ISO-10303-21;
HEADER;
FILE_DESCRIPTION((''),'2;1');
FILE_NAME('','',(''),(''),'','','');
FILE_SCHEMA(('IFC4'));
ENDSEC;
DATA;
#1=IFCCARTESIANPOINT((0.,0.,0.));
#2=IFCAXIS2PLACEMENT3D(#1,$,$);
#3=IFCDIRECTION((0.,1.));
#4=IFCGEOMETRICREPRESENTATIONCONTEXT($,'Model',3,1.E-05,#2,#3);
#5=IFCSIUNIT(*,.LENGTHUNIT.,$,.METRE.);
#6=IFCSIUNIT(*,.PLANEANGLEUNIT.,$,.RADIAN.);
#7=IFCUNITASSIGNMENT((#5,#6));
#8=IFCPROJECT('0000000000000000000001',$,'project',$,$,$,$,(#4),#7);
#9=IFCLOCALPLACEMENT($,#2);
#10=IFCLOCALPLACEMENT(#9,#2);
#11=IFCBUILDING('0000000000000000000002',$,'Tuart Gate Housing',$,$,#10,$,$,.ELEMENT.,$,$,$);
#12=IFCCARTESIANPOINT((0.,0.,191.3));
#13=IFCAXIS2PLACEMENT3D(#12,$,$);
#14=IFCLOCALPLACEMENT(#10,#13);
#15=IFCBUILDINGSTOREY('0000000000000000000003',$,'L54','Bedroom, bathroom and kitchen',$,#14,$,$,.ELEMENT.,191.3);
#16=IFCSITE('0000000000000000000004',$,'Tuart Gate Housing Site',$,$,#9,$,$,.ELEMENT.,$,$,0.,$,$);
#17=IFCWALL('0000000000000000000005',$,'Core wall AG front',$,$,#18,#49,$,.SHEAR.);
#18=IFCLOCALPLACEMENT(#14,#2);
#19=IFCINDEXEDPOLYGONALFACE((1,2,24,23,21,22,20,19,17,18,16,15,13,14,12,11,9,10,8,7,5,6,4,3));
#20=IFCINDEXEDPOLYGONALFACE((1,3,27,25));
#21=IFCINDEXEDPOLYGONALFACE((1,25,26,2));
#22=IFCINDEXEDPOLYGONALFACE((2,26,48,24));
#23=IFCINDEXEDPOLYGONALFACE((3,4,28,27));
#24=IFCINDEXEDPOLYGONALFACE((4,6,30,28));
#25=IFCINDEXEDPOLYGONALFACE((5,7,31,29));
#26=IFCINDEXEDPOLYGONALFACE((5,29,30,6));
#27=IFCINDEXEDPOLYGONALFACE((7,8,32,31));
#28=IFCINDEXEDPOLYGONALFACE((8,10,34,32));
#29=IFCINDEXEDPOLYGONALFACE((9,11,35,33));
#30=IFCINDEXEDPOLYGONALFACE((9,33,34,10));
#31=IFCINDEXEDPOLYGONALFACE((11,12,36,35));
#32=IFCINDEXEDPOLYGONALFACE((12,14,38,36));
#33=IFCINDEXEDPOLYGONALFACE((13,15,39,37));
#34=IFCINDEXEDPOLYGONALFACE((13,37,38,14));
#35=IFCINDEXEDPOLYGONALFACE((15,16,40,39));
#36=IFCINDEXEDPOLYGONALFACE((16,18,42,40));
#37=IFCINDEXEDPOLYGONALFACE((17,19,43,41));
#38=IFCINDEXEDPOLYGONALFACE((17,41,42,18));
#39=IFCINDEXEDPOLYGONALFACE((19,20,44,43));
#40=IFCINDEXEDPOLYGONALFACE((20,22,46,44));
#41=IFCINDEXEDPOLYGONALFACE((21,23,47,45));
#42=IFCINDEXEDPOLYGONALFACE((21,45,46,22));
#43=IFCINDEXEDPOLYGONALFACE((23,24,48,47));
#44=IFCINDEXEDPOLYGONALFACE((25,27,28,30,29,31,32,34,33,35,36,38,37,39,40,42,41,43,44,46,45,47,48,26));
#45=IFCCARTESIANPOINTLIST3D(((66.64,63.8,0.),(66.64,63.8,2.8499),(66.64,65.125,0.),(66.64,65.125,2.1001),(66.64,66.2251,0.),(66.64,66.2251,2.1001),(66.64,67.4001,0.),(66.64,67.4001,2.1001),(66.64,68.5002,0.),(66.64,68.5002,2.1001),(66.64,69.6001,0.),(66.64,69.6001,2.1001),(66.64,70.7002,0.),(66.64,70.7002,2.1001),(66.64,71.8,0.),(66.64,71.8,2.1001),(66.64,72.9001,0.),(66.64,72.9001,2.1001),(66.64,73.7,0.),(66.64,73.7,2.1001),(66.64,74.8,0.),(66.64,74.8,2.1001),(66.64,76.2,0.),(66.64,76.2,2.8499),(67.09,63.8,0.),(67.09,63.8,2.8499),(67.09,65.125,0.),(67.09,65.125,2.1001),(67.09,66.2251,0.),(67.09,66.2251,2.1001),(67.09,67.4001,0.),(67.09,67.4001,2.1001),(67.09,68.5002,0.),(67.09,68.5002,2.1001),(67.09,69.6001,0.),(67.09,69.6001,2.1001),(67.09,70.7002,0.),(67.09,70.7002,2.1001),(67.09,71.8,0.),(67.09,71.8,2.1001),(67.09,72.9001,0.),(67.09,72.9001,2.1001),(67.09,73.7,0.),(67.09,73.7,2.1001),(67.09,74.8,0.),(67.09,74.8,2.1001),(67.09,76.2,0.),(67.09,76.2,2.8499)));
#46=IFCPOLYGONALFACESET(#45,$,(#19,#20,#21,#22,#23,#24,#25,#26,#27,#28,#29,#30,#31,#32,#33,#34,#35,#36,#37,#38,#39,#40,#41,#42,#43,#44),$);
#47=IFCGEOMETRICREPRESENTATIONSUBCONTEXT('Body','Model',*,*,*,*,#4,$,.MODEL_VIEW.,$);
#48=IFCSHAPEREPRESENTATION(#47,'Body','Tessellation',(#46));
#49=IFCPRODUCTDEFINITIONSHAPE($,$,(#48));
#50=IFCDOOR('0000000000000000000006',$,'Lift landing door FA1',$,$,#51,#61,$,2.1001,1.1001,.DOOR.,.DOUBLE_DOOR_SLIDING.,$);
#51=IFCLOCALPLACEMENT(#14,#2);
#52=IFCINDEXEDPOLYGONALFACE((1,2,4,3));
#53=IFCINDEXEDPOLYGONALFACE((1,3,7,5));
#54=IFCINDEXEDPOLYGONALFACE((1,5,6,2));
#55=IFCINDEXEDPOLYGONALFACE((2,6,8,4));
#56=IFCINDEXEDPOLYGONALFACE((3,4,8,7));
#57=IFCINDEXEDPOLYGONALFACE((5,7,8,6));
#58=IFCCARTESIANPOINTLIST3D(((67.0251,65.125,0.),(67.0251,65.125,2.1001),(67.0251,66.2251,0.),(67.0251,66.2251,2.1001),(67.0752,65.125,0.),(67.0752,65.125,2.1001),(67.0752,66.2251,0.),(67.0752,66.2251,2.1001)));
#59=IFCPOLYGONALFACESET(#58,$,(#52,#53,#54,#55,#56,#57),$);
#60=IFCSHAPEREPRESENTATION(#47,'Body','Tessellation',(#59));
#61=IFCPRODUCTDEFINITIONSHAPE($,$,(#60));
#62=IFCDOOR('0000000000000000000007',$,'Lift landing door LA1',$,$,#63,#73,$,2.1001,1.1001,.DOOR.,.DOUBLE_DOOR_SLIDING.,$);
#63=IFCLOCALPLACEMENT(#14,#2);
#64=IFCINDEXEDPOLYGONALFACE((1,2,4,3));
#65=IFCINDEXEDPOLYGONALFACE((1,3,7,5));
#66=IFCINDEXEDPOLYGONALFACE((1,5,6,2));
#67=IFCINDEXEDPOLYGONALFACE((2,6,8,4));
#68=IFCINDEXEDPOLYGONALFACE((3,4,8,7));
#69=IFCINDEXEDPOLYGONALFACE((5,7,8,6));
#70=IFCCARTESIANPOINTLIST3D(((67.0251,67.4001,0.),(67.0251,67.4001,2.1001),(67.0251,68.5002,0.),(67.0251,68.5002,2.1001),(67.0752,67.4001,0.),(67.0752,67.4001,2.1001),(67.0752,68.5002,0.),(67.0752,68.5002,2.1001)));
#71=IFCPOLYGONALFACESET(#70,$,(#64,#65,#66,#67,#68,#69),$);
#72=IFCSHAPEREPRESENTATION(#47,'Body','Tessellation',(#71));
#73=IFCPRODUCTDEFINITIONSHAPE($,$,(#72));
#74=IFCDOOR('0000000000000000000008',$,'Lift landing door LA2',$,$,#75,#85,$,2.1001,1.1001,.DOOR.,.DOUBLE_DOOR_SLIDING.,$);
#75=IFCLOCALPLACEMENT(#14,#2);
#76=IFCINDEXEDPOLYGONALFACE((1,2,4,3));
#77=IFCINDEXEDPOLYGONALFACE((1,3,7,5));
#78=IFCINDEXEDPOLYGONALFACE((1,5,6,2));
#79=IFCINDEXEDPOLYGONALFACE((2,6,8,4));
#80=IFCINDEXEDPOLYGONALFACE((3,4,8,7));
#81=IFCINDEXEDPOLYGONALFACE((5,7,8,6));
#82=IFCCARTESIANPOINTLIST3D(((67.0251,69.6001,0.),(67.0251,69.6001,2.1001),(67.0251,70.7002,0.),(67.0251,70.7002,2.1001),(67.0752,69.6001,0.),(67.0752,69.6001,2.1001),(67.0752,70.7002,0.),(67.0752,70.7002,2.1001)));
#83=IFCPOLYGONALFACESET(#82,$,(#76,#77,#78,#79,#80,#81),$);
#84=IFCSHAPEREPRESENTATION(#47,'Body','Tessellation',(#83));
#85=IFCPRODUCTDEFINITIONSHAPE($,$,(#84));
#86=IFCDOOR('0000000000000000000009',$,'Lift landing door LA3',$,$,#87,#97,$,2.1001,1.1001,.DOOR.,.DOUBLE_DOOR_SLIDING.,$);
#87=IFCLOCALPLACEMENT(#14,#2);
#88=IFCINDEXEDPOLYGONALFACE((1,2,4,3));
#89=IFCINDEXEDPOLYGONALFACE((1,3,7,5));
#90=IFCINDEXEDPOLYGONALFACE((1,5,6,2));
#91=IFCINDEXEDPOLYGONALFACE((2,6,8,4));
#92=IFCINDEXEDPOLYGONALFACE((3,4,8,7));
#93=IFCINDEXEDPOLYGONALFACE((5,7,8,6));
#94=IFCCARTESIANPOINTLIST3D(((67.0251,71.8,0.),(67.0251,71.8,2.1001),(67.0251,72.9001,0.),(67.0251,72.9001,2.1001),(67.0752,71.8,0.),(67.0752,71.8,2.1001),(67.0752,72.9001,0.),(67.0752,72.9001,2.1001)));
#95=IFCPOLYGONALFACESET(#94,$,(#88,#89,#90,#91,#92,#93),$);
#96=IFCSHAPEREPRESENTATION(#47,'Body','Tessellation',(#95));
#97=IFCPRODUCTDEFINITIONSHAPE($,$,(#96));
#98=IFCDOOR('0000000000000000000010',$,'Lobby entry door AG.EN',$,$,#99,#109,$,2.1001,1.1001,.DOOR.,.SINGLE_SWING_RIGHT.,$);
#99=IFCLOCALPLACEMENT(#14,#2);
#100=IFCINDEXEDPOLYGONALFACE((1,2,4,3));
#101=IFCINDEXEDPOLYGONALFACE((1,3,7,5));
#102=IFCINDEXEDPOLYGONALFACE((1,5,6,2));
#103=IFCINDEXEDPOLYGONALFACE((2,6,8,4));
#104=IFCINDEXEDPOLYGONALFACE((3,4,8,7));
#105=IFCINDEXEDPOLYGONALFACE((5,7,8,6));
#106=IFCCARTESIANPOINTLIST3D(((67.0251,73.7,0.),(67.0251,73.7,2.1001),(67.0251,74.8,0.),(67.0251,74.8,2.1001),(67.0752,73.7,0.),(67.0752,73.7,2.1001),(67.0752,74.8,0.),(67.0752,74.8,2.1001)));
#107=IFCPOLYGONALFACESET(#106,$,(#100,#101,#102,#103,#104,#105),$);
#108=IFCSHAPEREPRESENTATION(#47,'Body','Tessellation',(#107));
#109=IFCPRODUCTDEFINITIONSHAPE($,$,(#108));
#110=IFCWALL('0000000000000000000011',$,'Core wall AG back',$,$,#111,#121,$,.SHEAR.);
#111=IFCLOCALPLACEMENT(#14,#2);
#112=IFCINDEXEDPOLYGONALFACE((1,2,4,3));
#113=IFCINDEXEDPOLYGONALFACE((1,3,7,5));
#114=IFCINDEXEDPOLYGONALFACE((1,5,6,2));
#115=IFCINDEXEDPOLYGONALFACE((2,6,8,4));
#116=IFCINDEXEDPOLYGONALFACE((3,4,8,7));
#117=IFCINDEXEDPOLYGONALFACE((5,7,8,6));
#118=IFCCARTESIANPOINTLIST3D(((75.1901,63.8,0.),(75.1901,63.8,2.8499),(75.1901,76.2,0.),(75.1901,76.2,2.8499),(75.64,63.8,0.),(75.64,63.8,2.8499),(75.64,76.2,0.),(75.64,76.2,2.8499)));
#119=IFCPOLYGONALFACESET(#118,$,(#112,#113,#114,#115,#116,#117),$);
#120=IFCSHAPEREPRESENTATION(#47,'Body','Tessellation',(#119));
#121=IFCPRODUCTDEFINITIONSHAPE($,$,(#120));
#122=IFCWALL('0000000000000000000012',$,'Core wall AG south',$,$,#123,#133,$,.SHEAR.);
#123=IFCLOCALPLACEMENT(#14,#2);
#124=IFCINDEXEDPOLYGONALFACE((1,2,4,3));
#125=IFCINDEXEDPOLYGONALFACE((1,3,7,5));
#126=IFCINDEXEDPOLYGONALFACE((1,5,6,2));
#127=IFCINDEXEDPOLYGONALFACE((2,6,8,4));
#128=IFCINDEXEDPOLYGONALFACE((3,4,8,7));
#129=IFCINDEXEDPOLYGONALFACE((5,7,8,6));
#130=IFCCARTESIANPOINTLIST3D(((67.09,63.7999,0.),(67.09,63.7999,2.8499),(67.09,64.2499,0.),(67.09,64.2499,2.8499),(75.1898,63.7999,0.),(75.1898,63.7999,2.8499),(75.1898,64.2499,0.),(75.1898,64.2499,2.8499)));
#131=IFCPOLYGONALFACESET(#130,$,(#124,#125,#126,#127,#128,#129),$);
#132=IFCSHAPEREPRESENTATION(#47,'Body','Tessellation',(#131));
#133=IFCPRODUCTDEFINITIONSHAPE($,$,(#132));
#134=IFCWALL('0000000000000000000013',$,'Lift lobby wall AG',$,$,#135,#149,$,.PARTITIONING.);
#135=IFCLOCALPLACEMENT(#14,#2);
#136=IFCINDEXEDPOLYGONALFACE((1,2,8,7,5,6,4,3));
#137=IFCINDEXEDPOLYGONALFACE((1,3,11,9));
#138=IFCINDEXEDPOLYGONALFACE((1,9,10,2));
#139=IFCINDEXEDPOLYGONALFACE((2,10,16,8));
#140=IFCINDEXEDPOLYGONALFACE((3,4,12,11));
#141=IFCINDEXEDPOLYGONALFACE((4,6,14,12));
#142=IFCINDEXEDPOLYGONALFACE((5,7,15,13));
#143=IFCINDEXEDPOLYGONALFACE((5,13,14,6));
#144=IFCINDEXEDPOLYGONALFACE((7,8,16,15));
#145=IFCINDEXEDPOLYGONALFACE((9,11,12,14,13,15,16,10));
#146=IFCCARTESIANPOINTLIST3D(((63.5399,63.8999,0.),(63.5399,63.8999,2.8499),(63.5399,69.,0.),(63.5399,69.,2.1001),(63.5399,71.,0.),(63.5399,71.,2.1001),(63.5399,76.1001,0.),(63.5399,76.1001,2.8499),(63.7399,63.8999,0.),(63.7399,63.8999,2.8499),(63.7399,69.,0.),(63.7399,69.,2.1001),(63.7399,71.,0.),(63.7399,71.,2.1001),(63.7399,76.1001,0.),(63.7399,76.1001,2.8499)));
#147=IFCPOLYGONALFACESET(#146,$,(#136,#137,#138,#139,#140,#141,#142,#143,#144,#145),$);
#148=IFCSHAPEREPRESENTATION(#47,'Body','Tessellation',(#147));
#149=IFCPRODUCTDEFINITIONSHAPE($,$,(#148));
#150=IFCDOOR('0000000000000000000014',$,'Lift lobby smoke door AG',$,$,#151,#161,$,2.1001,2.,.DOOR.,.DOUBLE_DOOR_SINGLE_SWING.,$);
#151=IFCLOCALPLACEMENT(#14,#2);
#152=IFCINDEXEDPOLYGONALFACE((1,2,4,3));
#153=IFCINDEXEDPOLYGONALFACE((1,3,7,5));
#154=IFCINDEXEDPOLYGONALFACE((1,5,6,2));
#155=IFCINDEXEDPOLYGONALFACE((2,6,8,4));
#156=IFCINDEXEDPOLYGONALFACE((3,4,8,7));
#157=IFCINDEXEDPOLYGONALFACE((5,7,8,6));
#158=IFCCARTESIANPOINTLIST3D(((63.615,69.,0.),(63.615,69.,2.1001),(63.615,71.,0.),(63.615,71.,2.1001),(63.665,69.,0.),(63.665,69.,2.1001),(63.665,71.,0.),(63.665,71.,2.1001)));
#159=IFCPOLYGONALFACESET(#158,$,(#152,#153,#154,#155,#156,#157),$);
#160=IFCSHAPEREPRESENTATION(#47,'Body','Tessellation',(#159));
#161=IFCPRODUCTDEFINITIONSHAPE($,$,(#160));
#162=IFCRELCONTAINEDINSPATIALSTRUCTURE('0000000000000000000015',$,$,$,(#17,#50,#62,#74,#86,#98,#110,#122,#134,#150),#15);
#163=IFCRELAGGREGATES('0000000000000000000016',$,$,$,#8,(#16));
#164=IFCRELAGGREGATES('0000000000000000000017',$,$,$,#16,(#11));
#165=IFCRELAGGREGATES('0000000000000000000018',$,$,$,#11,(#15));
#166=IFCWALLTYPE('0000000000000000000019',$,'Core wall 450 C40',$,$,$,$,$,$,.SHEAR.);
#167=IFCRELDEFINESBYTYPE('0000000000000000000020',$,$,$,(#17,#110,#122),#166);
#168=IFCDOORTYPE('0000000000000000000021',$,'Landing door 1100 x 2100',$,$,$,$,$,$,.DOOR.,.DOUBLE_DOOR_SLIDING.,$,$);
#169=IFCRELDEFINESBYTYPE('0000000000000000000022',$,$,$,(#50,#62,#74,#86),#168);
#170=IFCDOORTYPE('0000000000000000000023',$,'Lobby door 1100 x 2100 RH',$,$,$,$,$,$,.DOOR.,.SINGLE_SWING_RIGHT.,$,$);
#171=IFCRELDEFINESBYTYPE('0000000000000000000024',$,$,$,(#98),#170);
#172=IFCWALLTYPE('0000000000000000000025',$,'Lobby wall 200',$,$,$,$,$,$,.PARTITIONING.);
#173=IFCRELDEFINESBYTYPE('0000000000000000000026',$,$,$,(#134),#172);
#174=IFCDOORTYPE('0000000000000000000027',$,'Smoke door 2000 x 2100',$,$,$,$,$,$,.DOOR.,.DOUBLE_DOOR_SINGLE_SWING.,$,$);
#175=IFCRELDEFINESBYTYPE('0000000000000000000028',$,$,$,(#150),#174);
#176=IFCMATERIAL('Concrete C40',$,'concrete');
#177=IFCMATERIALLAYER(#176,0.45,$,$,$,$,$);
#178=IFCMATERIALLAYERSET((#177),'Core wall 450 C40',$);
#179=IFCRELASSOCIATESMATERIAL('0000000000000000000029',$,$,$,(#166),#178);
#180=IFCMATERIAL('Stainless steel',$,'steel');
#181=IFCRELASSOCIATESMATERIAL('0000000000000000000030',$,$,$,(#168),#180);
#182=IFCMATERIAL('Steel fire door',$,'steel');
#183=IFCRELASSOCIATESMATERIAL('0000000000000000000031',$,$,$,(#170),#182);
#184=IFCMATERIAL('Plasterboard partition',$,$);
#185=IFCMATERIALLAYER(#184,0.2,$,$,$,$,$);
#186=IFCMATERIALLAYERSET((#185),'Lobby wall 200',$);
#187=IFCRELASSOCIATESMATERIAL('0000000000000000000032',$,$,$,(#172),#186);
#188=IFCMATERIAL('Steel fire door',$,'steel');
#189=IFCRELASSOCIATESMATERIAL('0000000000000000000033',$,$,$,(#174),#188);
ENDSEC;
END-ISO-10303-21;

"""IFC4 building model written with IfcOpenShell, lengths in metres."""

from ifc_helpers import new_model, si_unit, direction, frame, frame_2d, origin, place, context, subcontext, project, spatial, rectangle, extrude, material, layer, layer_set, type_object, element, fill, save


model = new_model("IFC4")

# Units and contexts
model_context = context("Model", 3, precision=1e-05, world=origin(), true_north=direction((0.0, 1.0)))
body_context = subcontext(model_context, "Body", "Model", "MODEL_VIEW")
ifc_project = project(units=[si_unit("LENGTHUNIT", "METRE"), si_unit("PLANEANGLEUNIT", "RADIAN")], contexts=[model_context])

# Site, building, storey
site_placement = place(None, origin())
site = spatial("IfcSite", under=ifc_project, at=site_placement, Name="Tuart Gate Housing Site", CompositionType="ELEMENT", RefElevation=0.0)
building_placement = place(site_placement, origin())
building = spatial("IfcBuilding", under=site, at=building_placement, Name="Tuart Gate Housing", CompositionType="ELEMENT")
storey_placement = place(building_placement, frame((0.0, 0.0, 191.3)))
storey = spatial("IfcBuildingStorey", under=building, at=storey_placement, Name="L54", Description="Bedroom, bathroom and kitchen", CompositionType="ELEMENT", Elevation=191.3)

# Wall, openings, doors
ifc_material_1 = material(Name="Concrete C40", Category="concrete")
ifc_layer_1 = layer(ifc_material_1, 0.45)
ifc_layer_set_1 = layer_set([ifc_layer_1], Name="Core wall 450 C40")
wall_type_1 = type_object("IfcWallType", Name="Core wall 450 C40", PredefinedType="SHEAR", material=ifc_layer_set_1)
wall_1_placement = place(storey_placement, frame((66.865, 63.8, 0.0), z_axis=(0.0, 0.0, 1.0), x_axis=(0.0, 1.0, 0.0)))
wall_1 = element("IfcWall", 1, at=wall_1_placement, inside=storey, type_object=wall_type_1, Name="Core wall AG front", PredefinedType="SHEAR", context=body_context, shape_type="SweptSolid", body=[
    extrude(rectangle(XDim=12.3999, YDim=0.45, at=frame_2d((6.2, 0.0))), origin(), (0.0, 0.0, 1.0), 2.8499),
])
opening_1_placement = place(wall_1_placement, frame((1.325, 0.0, 0.0)))
opening_1 = element("IfcOpeningElement", 2, at=opening_1_placement, cuts=wall_1, PredefinedType="OPENING", context=body_context, shape_type="SweptSolid", body=[
    extrude(rectangle(XDim=1.1001, YDim=2.1001, at=frame_2d((0.55, 1.05))), frame((0.0, 0.2349, 0.0), z_axis=(0.0, -1.0, 0.0), x_axis=(1.0, 0.0, 0.0)), (0.0, 0.0, 1.0), 0.47),
])
opening_2_placement = place(wall_1_placement, frame((3.6001, 0.0, 0.0)))
opening_2 = element("IfcOpeningElement", 3, at=opening_2_placement, cuts=wall_1, PredefinedType="OPENING", context=body_context, shape_type="SweptSolid", body=[
    extrude(rectangle(XDim=1.1001, YDim=2.1001, at=frame_2d((0.55, 1.05))), frame((0.0, 0.2349, 0.0), z_axis=(0.0, -1.0, 0.0), x_axis=(1.0, 0.0, 0.0)), (0.0, 0.0, 1.0), 0.47),
])
opening_3_placement = place(wall_1_placement, frame((5.8, 0.0, 0.0)))
opening_3 = element("IfcOpeningElement", 4, at=opening_3_placement, cuts=wall_1, PredefinedType="OPENING", context=body_context, shape_type="SweptSolid", body=[
    extrude(rectangle(XDim=1.1001, YDim=2.1001, at=frame_2d((0.55, 1.05))), frame((0.0, 0.2349, 0.0), z_axis=(0.0, -1.0, 0.0), x_axis=(1.0, 0.0, 0.0)), (0.0, 0.0, 1.0), 0.47),
])
opening_4_placement = place(wall_1_placement, frame((8.0, 0.0, 0.0)))
opening_4 = element("IfcOpeningElement", 5, at=opening_4_placement, cuts=wall_1, PredefinedType="OPENING", context=body_context, shape_type="SweptSolid", body=[
    extrude(rectangle(XDim=1.1001, YDim=2.1001, at=frame_2d((0.55, 1.05))), frame((0.0, 0.2349, 0.0), z_axis=(0.0, -1.0, 0.0), x_axis=(1.0, 0.0, 0.0)), (0.0, 0.0, 1.0), 0.47),
])
opening_5_placement = place(wall_1_placement, frame((9.8999, 0.0, 0.0)))
opening_5 = element("IfcOpeningElement", 6, at=opening_5_placement, cuts=wall_1, PredefinedType="OPENING", context=body_context, shape_type="SweptSolid", body=[
    extrude(rectangle(XDim=1.1001, YDim=2.1001, at=frame_2d((0.55, 1.05))), frame((0.0, 0.2349, 0.0), z_axis=(0.0, -1.0, 0.0), x_axis=(1.0, 0.0, 0.0)), (0.0, 0.0, 1.0), 0.47),
])
ifc_material_2 = material(Name="Stainless steel", Category="steel")
door_type_1 = type_object("IfcDoorType", Name="Landing door 1100 x 2100", OperationType="DOUBLE_DOOR_SLIDING", PredefinedType="DOOR", material=ifc_material_2)
door_1_placement = place(opening_1_placement, origin())
door_1 = element("IfcDoor", 7, at=door_1_placement, inside=storey, type_object=door_type_1, Name="Lift landing door FA1", OperationType="DOUBLE_DOOR_SLIDING", OverallHeight=2.1001, OverallWidth=1.1001, PredefinedType="DOOR", context=body_context, shape_type="SweptSolid", body=[
    extrude(rectangle(XDim=1.1001, YDim=2.1001, at=frame_2d((0.55, 1.05))), frame((0.0, -0.1602, 0.0), z_axis=(0.0, -1.0, 0.0), x_axis=(1.0, 0.0, 0.0)), (0.0, 0.0, 1.0), 0.05),
])
fill(opening_1, door_1)
door_2_placement = place(opening_2_placement, origin())
door_2 = element("IfcDoor", 8, at=door_2_placement, inside=storey, type_object=door_type_1, Name="Lift landing door LA1", OperationType="DOUBLE_DOOR_SLIDING", OverallHeight=2.1001, OverallWidth=1.1001, PredefinedType="DOOR", context=body_context, shape_type="SweptSolid", body=[
    extrude(rectangle(XDim=1.1001, YDim=2.1001, at=frame_2d((0.55, 1.05))), frame((0.0, -0.1602, 0.0), z_axis=(0.0, -1.0, 0.0), x_axis=(1.0, 0.0, 0.0)), (0.0, 0.0, 1.0), 0.05),
])
fill(opening_2, door_2)
door_3_placement = place(opening_3_placement, origin())
door_3 = element("IfcDoor", 9, at=door_3_placement, inside=storey, type_object=door_type_1, Name="Lift landing door LA2", OperationType="DOUBLE_DOOR_SLIDING", OverallHeight=2.1001, OverallWidth=1.1001, PredefinedType="DOOR", context=body_context, shape_type="SweptSolid", body=[
    extrude(rectangle(XDim=1.1001, YDim=2.1001, at=frame_2d((0.55, 1.05))), frame((0.0, -0.1602, 0.0), z_axis=(0.0, -1.0, 0.0), x_axis=(1.0, 0.0, 0.0)), (0.0, 0.0, 1.0), 0.05),
])
fill(opening_3, door_3)
door_4_placement = place(opening_4_placement, origin())
door_4 = element("IfcDoor", 10, at=door_4_placement, inside=storey, type_object=door_type_1, Name="Lift landing door LA3", OperationType="DOUBLE_DOOR_SLIDING", OverallHeight=2.1001, OverallWidth=1.1001, PredefinedType="DOOR", context=body_context, shape_type="SweptSolid", body=[
    extrude(rectangle(XDim=1.1001, YDim=2.1001, at=frame_2d((0.55, 1.05))), frame((0.0, -0.1602, 0.0), z_axis=(0.0, -1.0, 0.0), x_axis=(1.0, 0.0, 0.0)), (0.0, 0.0, 1.0), 0.05),
])
fill(opening_4, door_4)
ifc_material_3 = material(Name="Steel fire door", Category="steel")
door_type_2 = type_object("IfcDoorType", Name="Lobby door 1100 x 2100 RH", OperationType="SINGLE_SWING_RIGHT", PredefinedType="DOOR", material=ifc_material_3)
door_5_placement = place(opening_5_placement, frame((1.1001, 0.0, 0.0), z_axis=(0.0, 0.0, 1.0), x_axis=(-1.0, 0.0, 0.0)))
door_5 = element("IfcDoor", 11, at=door_5_placement, inside=storey, type_object=door_type_2, Name="Lobby entry door AG.EN", OperationType="SINGLE_SWING_RIGHT", OverallHeight=2.1001, OverallWidth=1.1001, PredefinedType="DOOR", context=body_context, shape_type="SweptSolid", body=[
    extrude(rectangle(XDim=1.1001, YDim=2.1001, at=frame_2d((0.55, 1.05))), frame((0.0, 0.2102, 0.0), z_axis=(0.0, -1.0, 0.0), x_axis=(1.0, 0.0, 0.0)), (0.0, 0.0, 1.0), 0.05),
])
fill(opening_5, door_5)

# Walls
wall_2_placement = place(storey_placement, frame((75.415, 63.8, 0.0), z_axis=(0.0, 0.0, 1.0), x_axis=(0.0, 1.0, 0.0)))
element("IfcWall", 12, at=wall_2_placement, inside=storey, type_object=wall_type_1, Name="Core wall AG back", PredefinedType="SHEAR", context=body_context, shape_type="SweptSolid", body=[
    extrude(rectangle(XDim=12.3999, YDim=0.45, at=frame_2d((6.2, 0.0))), origin(), (0.0, 0.0, 1.0), 2.8499),
])
wall_3_placement = place(storey_placement, frame((67.0901, 64.0249, 0.0), z_axis=(0.0, 0.0, 1.0), x_axis=(1.0, 0.0, 0.0)))
element("IfcWall", 13, at=wall_3_placement, inside=storey, type_object=wall_type_1, Name="Core wall AG south", PredefinedType="SHEAR", context=body_context, shape_type="SweptSolid", body=[
    extrude(rectangle(XDim=8.0999, YDim=0.45, at=frame_2d((4.0498, 0.0))), origin(), (0.0, 0.0, 1.0), 2.8499),
])

# Wall, opening, door
ifc_material_4 = material(Name="Plasterboard partition")
ifc_layer_2 = layer(ifc_material_4, 0.2)
ifc_layer_set_2 = layer_set([ifc_layer_2], Name="Lobby wall 200")
wall_type_2 = type_object("IfcWallType", Name="Lobby wall 200", PredefinedType="PARTITIONING", material=ifc_layer_set_2)
wall_4_placement = place(storey_placement, frame((63.6399, 63.8999, 0.0), z_axis=(0.0, 0.0, 1.0), x_axis=(0.0, 1.0, 0.0)))
wall_4 = element("IfcWall", 14, at=wall_4_placement, inside=storey, type_object=wall_type_2, Name="Lift lobby wall AG", PredefinedType="PARTITIONING", context=body_context, shape_type="SweptSolid", body=[
    extrude(rectangle(XDim=12.2002, YDim=0.2, at=frame_2d((6.1001, 0.0))), origin(), (0.0, 0.0, 1.0), 2.8499),
])
opening_6_placement = place(wall_4_placement, frame((5.1001, 0.0, 0.0)))
opening_6 = element("IfcOpeningElement", 15, at=opening_6_placement, cuts=wall_4, PredefinedType="OPENING", context=body_context, shape_type="SweptSolid", body=[
    extrude(rectangle(XDim=2.0, YDim=2.1001, at=frame_2d((1.0, 1.05))), frame((0.0, 0.1099, 0.0), z_axis=(0.0, -1.0, 0.0), x_axis=(1.0, 0.0, 0.0)), (0.0, 0.0, 1.0), 0.22),
])
ifc_material_5 = material(Name="Steel fire door", Category="steel")
door_type_3 = type_object("IfcDoorType", Name="Smoke door 2000 x 2100", OperationType="DOUBLE_DOOR_SINGLE_SWING", PredefinedType="DOOR", material=ifc_material_5)
door_6_placement = place(opening_6_placement, frame((2.0, 0.0, 0.0), z_axis=(0.0, 0.0, 1.0), x_axis=(-1.0, 0.0, 0.0)))
door_6 = element("IfcDoor", 16, at=door_6_placement, inside=storey, type_object=door_type_3, Name="Lift lobby smoke door AG", OperationType="DOUBLE_DOOR_SINGLE_SWING", OverallHeight=2.1001, OverallWidth=2.0, PredefinedType="DOOR", context=body_context, shape_type="SweptSolid", body=[
    extrude(rectangle(XDim=2.0, YDim=2.1001, at=frame_2d((1.0, 1.05))), frame((0.0, 0.0251, 0.0), z_axis=(0.0, -1.0, 0.0), x_axis=(1.0, 0.0, 0.0)), (0.0, 0.0, 1.0), 0.05),
])
fill(opening_6, door_6)

save(model, "model.ifc")
